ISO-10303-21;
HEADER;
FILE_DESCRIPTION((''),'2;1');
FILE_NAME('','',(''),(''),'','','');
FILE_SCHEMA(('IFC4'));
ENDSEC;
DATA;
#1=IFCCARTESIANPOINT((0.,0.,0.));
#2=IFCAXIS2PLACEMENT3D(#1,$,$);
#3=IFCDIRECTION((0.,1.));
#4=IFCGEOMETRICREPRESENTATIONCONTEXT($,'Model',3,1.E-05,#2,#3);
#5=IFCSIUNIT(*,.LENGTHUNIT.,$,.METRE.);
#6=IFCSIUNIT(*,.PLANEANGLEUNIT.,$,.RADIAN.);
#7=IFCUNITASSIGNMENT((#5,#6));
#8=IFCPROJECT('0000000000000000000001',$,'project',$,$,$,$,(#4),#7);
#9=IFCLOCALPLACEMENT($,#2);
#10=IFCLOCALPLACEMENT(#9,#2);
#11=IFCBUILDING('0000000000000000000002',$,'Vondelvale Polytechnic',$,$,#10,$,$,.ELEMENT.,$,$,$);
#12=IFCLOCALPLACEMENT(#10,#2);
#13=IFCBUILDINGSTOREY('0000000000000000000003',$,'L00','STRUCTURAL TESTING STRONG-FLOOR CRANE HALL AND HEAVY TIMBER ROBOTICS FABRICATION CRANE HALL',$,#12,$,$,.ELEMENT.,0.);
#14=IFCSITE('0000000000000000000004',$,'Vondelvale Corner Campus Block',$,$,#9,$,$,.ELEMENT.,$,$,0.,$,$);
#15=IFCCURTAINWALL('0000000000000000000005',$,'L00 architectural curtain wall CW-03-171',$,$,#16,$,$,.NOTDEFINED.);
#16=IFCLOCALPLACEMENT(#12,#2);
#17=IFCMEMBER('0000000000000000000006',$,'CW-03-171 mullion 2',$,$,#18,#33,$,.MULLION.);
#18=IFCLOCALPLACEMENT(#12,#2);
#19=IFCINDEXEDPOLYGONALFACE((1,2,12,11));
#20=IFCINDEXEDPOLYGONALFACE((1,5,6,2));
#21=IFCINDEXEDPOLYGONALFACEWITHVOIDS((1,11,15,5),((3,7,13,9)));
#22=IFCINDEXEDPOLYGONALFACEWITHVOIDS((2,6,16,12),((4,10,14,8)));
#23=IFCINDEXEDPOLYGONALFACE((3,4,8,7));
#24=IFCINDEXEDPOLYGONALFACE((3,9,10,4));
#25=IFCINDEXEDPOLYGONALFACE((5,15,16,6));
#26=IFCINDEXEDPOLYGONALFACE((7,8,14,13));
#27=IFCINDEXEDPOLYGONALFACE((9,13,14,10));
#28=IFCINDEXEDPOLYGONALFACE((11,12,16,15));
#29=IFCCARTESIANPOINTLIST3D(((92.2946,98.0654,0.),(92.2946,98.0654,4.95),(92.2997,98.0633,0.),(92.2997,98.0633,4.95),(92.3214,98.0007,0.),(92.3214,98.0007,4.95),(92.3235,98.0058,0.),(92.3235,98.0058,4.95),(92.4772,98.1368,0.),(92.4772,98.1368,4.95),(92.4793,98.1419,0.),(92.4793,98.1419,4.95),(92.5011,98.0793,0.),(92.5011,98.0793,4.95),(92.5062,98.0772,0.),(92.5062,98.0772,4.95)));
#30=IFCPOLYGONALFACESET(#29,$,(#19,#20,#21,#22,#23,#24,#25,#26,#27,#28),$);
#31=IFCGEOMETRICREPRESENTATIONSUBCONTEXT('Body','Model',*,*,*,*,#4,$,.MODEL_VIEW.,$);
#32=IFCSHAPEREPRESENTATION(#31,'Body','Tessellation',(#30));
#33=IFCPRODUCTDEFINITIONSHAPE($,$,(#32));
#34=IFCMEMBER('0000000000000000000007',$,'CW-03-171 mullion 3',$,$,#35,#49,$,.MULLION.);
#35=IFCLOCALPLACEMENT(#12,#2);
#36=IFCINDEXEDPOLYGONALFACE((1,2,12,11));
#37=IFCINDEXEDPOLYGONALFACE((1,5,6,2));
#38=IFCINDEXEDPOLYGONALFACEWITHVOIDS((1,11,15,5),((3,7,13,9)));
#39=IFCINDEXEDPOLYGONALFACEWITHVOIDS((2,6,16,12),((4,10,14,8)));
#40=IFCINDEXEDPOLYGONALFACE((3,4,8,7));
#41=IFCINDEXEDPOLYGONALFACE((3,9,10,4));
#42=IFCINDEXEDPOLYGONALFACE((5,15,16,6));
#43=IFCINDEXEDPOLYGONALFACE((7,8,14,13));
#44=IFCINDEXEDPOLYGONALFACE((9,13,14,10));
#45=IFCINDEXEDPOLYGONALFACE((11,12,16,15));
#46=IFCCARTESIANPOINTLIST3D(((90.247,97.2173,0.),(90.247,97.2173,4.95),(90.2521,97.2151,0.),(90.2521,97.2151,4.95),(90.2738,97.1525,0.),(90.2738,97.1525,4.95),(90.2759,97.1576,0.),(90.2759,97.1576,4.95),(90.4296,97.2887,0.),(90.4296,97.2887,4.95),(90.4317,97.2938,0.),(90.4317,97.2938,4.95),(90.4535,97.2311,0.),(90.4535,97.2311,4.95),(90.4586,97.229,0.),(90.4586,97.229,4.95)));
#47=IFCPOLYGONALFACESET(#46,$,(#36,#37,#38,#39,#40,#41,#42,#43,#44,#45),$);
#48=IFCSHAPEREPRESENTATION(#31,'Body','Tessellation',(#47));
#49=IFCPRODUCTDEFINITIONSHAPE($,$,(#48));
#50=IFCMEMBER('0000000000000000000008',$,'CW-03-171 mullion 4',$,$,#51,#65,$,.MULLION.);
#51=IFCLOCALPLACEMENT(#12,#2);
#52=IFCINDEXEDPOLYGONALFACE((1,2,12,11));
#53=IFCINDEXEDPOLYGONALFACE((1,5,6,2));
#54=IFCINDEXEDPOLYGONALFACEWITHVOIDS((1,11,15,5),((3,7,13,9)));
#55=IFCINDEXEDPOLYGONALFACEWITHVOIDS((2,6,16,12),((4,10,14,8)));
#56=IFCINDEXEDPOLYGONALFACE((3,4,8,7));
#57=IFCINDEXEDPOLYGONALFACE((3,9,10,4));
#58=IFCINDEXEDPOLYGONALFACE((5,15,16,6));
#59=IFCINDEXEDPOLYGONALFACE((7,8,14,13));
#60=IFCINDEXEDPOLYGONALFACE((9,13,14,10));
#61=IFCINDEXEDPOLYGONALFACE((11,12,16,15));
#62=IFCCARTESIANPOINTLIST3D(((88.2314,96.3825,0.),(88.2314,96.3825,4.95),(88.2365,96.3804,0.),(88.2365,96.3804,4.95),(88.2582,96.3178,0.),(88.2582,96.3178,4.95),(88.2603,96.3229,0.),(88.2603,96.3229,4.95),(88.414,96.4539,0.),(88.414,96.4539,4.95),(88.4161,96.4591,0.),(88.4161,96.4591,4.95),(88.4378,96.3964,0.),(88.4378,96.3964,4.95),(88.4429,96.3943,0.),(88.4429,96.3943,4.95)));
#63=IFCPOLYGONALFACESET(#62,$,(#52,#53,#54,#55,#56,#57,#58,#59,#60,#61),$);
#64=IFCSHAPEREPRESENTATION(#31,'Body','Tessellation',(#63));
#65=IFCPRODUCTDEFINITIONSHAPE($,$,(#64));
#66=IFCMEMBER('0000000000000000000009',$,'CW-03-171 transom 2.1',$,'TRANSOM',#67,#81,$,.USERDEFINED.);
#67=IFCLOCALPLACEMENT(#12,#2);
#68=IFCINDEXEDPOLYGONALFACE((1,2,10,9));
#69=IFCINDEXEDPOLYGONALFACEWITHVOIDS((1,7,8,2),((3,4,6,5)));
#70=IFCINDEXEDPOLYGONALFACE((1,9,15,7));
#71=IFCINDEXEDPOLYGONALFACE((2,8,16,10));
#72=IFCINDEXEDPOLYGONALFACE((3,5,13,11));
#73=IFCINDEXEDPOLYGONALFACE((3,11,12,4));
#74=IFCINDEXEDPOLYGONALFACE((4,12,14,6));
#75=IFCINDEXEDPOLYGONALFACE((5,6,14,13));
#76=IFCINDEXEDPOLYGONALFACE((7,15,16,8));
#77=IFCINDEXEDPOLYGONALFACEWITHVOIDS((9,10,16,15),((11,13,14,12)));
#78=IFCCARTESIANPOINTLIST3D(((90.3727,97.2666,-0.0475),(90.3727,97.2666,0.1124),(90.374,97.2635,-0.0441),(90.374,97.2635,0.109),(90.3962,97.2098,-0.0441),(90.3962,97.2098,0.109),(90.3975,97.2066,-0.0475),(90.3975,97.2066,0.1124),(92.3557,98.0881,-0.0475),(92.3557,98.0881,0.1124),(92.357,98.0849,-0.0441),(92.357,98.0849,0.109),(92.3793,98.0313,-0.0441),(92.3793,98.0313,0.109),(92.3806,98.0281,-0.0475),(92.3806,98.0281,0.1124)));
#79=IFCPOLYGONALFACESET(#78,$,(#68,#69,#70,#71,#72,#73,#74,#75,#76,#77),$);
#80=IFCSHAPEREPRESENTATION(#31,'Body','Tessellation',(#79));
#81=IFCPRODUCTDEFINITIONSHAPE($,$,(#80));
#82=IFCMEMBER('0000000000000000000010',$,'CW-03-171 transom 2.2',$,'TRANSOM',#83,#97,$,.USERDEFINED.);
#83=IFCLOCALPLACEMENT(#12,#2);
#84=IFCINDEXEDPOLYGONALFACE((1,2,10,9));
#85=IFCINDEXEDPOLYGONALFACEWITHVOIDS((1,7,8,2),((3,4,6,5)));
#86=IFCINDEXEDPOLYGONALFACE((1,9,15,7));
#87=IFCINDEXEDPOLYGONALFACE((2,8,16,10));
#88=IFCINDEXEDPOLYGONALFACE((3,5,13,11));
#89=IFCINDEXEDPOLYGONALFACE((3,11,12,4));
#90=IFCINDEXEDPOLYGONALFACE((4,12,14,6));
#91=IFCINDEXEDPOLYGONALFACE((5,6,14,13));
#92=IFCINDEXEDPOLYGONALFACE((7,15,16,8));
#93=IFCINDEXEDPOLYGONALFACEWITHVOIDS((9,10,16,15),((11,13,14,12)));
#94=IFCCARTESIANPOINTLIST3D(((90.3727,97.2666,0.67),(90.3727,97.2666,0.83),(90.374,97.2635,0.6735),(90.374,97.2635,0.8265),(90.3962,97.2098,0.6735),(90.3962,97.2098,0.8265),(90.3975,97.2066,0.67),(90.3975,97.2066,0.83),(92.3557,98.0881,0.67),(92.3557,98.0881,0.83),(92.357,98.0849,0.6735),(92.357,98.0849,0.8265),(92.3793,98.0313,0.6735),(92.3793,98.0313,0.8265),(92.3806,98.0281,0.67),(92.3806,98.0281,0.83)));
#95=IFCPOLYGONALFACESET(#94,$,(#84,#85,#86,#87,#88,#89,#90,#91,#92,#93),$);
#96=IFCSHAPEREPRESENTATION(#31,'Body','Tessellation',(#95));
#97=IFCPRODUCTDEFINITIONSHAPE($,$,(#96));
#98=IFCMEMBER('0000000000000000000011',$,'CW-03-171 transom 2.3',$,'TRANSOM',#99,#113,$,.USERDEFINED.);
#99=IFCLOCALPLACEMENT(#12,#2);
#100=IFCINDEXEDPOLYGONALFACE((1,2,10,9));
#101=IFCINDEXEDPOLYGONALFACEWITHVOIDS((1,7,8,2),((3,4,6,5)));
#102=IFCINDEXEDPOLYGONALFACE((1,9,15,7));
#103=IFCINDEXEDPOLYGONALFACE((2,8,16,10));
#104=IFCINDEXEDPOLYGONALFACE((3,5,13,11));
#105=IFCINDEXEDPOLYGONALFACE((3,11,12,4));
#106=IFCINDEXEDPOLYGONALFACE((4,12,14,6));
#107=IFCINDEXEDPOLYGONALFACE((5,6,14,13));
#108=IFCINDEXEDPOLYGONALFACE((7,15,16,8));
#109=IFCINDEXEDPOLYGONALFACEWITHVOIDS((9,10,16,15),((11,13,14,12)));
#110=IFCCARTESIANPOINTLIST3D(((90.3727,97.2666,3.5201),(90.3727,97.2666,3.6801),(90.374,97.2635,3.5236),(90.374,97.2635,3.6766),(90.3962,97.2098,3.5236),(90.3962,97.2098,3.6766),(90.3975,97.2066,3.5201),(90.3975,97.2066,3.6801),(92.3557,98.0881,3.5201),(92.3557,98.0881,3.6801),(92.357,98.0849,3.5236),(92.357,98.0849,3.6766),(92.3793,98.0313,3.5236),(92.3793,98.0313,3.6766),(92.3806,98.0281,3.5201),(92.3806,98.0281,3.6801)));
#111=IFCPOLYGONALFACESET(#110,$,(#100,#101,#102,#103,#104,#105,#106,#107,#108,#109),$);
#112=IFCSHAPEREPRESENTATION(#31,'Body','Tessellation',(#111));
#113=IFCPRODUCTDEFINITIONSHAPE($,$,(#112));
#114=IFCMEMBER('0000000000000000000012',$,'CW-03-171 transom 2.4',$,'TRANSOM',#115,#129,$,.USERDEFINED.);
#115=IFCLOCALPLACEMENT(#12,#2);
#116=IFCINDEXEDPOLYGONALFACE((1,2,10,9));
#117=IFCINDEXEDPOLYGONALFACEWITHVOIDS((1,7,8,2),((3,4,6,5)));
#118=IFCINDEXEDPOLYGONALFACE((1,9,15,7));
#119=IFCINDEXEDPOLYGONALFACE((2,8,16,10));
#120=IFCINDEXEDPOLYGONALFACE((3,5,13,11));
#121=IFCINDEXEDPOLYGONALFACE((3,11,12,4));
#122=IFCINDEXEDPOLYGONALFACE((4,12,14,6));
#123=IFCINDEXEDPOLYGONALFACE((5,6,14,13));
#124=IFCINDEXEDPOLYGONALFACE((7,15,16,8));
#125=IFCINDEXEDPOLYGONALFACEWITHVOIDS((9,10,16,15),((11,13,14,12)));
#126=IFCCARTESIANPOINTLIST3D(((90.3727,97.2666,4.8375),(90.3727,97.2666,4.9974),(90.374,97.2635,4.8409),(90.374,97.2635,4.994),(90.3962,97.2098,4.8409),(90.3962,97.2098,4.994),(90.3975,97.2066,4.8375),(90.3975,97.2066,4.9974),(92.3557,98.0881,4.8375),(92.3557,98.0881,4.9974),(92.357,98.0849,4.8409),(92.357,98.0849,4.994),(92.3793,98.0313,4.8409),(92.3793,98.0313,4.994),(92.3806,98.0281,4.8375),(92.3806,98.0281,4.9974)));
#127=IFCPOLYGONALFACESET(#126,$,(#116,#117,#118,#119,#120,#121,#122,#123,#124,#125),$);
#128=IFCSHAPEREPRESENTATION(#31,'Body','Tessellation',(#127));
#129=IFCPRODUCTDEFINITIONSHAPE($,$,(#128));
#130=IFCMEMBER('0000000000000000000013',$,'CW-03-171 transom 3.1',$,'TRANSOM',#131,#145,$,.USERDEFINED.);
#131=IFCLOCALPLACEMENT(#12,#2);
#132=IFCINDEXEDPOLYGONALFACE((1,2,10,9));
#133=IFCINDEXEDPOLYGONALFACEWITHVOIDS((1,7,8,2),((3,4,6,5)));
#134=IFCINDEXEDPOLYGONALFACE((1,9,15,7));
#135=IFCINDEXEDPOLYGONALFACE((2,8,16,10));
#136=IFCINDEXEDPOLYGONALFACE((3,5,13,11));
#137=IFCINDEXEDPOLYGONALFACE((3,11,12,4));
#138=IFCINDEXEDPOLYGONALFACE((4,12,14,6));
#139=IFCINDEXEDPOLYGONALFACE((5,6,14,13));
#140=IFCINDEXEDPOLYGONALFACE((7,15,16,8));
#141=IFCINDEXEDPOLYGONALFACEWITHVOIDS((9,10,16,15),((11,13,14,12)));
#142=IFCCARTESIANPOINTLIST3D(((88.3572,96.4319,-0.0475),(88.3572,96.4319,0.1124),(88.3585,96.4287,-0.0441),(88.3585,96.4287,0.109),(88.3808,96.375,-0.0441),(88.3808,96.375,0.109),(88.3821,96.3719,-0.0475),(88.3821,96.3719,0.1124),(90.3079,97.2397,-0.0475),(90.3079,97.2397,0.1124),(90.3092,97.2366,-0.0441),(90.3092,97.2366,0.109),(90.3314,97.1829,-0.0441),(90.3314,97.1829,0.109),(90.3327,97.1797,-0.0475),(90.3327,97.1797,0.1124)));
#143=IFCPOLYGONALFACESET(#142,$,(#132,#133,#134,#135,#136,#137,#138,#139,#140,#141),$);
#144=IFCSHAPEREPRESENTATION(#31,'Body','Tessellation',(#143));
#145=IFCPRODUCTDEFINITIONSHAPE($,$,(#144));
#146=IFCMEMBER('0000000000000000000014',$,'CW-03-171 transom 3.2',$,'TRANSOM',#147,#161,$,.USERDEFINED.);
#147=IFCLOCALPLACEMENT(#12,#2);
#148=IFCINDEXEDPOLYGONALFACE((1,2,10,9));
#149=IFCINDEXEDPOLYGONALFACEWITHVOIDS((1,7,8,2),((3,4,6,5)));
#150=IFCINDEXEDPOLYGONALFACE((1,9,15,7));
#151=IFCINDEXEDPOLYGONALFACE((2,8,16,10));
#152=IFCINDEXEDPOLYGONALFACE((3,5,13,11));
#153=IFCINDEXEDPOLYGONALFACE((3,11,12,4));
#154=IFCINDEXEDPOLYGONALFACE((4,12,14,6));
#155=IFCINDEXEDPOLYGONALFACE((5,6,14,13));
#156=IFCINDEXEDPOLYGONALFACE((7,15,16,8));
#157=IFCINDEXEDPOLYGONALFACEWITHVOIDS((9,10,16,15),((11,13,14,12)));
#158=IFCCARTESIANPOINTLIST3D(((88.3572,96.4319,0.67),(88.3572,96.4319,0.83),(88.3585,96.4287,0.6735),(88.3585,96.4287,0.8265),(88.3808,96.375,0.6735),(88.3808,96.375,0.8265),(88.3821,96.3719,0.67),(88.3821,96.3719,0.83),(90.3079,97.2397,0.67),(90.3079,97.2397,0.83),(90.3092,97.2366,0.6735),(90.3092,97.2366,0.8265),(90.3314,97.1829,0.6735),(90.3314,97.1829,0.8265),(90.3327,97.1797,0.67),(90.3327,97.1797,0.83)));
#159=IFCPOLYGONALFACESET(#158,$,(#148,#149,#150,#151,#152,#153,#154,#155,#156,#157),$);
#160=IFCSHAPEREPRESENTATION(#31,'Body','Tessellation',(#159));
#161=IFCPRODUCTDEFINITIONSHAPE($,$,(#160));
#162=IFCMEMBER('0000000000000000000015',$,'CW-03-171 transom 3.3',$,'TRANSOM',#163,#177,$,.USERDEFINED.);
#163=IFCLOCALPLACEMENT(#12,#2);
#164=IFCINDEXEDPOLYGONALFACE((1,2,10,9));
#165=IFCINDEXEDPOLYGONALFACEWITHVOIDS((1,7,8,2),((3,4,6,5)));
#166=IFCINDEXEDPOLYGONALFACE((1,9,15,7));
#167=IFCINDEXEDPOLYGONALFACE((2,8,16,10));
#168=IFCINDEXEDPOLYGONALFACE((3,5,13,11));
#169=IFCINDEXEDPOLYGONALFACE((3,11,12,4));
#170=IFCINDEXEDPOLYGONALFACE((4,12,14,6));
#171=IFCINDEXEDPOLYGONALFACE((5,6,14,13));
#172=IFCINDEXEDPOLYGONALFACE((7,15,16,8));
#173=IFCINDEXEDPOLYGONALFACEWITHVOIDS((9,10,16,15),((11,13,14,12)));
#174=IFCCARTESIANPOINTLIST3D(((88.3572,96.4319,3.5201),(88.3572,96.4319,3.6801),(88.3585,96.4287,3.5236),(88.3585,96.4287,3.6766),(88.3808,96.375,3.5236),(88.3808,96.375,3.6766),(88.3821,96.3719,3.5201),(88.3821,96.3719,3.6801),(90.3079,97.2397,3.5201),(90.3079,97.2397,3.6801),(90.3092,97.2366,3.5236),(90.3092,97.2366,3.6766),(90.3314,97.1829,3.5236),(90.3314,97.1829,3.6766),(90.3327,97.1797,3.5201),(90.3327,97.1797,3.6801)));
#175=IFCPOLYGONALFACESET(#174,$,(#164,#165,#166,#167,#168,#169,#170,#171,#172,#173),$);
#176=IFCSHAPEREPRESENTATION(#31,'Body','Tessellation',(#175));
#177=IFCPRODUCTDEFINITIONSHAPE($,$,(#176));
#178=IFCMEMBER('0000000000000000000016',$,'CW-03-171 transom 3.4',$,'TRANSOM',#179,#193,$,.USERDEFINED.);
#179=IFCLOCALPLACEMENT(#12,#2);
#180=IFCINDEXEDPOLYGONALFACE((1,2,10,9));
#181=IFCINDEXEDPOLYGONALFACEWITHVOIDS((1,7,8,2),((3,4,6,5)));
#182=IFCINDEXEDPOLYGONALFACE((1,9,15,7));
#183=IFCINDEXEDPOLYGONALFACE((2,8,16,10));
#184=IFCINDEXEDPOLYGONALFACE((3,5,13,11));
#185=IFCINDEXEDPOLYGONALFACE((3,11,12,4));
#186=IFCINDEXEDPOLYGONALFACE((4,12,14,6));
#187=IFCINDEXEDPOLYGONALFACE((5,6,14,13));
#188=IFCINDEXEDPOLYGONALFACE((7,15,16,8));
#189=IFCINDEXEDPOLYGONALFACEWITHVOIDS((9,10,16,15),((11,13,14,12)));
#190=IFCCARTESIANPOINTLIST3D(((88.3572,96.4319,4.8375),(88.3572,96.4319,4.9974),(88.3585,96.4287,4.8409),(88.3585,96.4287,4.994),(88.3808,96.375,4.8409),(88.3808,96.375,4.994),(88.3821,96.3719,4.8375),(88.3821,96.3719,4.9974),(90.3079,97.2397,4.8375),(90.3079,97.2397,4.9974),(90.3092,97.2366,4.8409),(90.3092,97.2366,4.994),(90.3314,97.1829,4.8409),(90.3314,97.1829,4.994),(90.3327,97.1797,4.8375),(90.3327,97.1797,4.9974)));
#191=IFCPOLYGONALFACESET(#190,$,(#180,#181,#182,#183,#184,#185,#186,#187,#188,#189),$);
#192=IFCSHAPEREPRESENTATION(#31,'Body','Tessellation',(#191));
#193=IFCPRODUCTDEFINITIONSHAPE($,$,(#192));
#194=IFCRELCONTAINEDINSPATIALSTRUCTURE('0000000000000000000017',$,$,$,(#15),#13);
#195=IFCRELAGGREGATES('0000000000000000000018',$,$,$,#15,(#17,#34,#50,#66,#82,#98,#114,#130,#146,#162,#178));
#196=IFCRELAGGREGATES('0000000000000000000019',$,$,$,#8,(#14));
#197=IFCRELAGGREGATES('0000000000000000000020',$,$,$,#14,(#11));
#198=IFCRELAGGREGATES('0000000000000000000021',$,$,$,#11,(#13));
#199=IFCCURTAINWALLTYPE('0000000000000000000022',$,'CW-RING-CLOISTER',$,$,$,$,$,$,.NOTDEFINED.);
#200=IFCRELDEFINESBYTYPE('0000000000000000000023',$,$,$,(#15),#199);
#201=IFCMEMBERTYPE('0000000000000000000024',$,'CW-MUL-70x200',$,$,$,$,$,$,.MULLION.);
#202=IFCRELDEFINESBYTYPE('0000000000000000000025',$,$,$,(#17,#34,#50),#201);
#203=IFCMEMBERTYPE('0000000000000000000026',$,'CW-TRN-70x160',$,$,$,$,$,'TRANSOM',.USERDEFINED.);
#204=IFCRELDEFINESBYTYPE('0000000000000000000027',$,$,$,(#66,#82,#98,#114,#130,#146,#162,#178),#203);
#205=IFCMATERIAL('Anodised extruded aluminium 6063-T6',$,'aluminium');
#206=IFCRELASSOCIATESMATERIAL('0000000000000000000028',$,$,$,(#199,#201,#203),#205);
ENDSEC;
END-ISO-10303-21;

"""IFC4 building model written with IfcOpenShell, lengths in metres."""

from ifc_helpers import new_model, si_unit, direction, frame, origin, origin_2d, place, context, subcontext, project, spatial, hollow_rectangle, extrude, material, material_profile, profile_set, type_object, element, aggregate, save


model = new_model("IFC4")

# Units and contexts
model_context = context("Model", 3, precision=1e-05, world=origin(), true_north=direction((0.0, 1.0)))
body_context = subcontext(model_context, "Body", "Model", "MODEL_VIEW")
ifc_project = project(units=[si_unit("LENGTHUNIT", "METRE"), si_unit("PLANEANGLEUNIT", "RADIAN")], contexts=[model_context])

# Site, building, storey
site_placement = place(None, origin())
site = spatial("IfcSite", under=ifc_project, at=site_placement, Name="Vondelvale Corner Campus Block", CompositionType="ELEMENT", RefElevation=0.0)
building_placement = place(site_placement, origin())
building = spatial("IfcBuilding", under=site, at=building_placement, Name="Vondelvale Polytechnic", CompositionType="ELEMENT")
storey_placement = place(building_placement, origin())
storey = spatial("IfcBuildingStorey", under=building, at=storey_placement, Name="L00", Description="STRUCTURAL TESTING STRONG-FLOOR CRANE HALL AND HEAVY TIMBER ROBOTICS FABRICATION CRANE HALL", CompositionType="ELEMENT", Elevation=0.0)

# Curtain wall, members
ifc_material_1 = material(Name="Anodised extruded aluminium 6063-T6", Category="aluminium")
curtain_wall_type = type_object("IfcCurtainWallType", Name="CW-RING-CLOISTER", PredefinedType="NOTDEFINED", material=ifc_material_1)
curtain_wall_placement = place(storey_placement, origin())
curtain_wall = element("IfcCurtainWall", 1, at=curtain_wall_placement, inside=storey, type_object=curtain_wall_type, Name="L00 architectural curtain wall CW-03-171", PredefinedType="NOTDEFINED")
ifc_material_profile_1 = material_profile(ifc_material_1, hollow_rectangle(XDim=0.0701, YDim=0.2, WallThickness=0.0039, at=origin_2d()), Name="CW-MUL-200x70")
ifc_profile_set_1 = profile_set([ifc_material_profile_1], Name="Anodised extruded aluminium 6063-T6")
member_type_1 = type_object("IfcMemberType", Name="CW-MUL-70x200", PredefinedType="MULLION", material=ifc_profile_set_1)
member_1_placement = place(storey_placement, frame((92.4004, 98.0713, 0.0), z_axis=(0.0, 0.0, 1.0), x_axis=(0.382679, -0.923882, 0.0)))
member_1 = element("IfcMember", 2, at=member_1_placement, type_object=member_type_1, Name="CW-03-171 mullion 2", PredefinedType="MULLION", context=body_context, shape_type="SweptSolid", body=[
    extrude(hollow_rectangle(XDim=0.0701, YDim=0.2, WallThickness=0.0039, at=origin_2d()), origin(), (0.0, 0.0, 1.0), 4.95),
])
member_2_placement = place(storey_placement, frame((90.3528, 97.2231, 0.0), z_axis=(0.0, 0.0, 1.0), x_axis=(0.382679, -0.923882, 0.0)))
member_2 = element("IfcMember", 3, at=member_2_placement, type_object=member_type_1, Name="CW-03-171 mullion 3", PredefinedType="MULLION", context=body_context, shape_type="SweptSolid", body=[
    extrude(hollow_rectangle(XDim=0.0701, YDim=0.2, WallThickness=0.0039, at=origin_2d()), origin(), (0.0, 0.0, 1.0), 4.95),
])
member_3_placement = place(storey_placement, frame((88.3372, 96.3884, 0.0), z_axis=(0.0, 0.0, 1.0), x_axis=(0.382679, -0.923882, 0.0)))
member_3 = element("IfcMember", 4, at=member_3_placement, type_object=member_type_1, Name="CW-03-171 mullion 4", PredefinedType="MULLION", context=body_context, shape_type="SweptSolid", body=[
    extrude(hollow_rectangle(XDim=0.0701, YDim=0.2, WallThickness=0.0039, at=origin_2d()), origin(), (0.0, 0.0, 1.0), 4.95),
])
ifc_material_profile_2 = material_profile(ifc_material_1, hollow_rectangle(XDim=0.0649, YDim=0.1599, WallThickness=0.0034, at=origin_2d()), Name="CW-TRN-160x65")
ifc_profile_set_2 = profile_set([ifc_material_profile_2], Name="Anodised extruded aluminium 6063-T6")
member_type_2 = type_object("IfcMemberType", Name="CW-TRN-70x160", ElementType="TRANSOM", PredefinedType="USERDEFINED", material=ifc_profile_set_2)
member_4_placement = place(storey_placement, frame((92.3682, 98.0581, 0.0325), z_axis=(-0.923866, -0.382717, 0.0), x_axis=(0.382717, -0.923866, 0.0)))
member_4 = element("IfcMember", 5, at=member_4_placement, type_object=member_type_2, Name="CW-03-171 transom 2.1", ObjectType="TRANSOM", PredefinedType="USERDEFINED", context=body_context, shape_type="SweptSolid", body=[
    extrude(hollow_rectangle(XDim=0.0649, YDim=0.1599, WallThickness=0.0034, at=origin_2d()), origin(), (0.0, 0.0, 1.0), 2.1465),
])
member_5_placement = place(storey_placement, frame((92.3682, 98.0581, 0.75), z_axis=(-0.923866, -0.382717, 0.0), x_axis=(0.382717, -0.923866, 0.0)))
member_5 = element("IfcMember", 6, at=member_5_placement, type_object=member_type_2, Name="CW-03-171 transom 2.2", ObjectType="TRANSOM", PredefinedType="USERDEFINED", context=body_context, shape_type="SweptSolid", body=[
    extrude(hollow_rectangle(XDim=0.0649, YDim=0.1599, WallThickness=0.0034, at=origin_2d()), origin(), (0.0, 0.0, 1.0), 2.1465),
])
member_6_placement = place(storey_placement, frame((92.3682, 98.0581, 3.6001), z_axis=(-0.923866, -0.382717, 0.0), x_axis=(0.382717, -0.923866, 0.0)))
member_6 = element("IfcMember", 7, at=member_6_placement, type_object=member_type_2, Name="CW-03-171 transom 2.3", ObjectType="TRANSOM", PredefinedType="USERDEFINED", context=body_context, shape_type="SweptSolid", body=[
    extrude(hollow_rectangle(XDim=0.0649, YDim=0.1599, WallThickness=0.0034, at=origin_2d()), origin(), (0.0, 0.0, 1.0), 2.1465),
])
member_7_placement = place(storey_placement, frame((92.3682, 98.0581, 4.9175), z_axis=(-0.923866, -0.382717, 0.0), x_axis=(0.382717, -0.923866, 0.0)))
member_7 = element("IfcMember", 8, at=member_7_placement, type_object=member_type_2, Name="CW-03-171 transom 2.4", ObjectType="TRANSOM", PredefinedType="USERDEFINED", context=body_context, shape_type="SweptSolid", body=[
    extrude(hollow_rectangle(XDim=0.0649, YDim=0.1599, WallThickness=0.0034, at=origin_2d()), origin(), (0.0, 0.0, 1.0), 2.1465),
])
member_8_placement = place(storey_placement, frame((90.3203, 97.2097, 0.0325), z_axis=(-0.923903, -0.382628, 0.0), x_axis=(0.382628, -0.923903, 0.0)))
member_8 = element("IfcMember", 9, at=member_8_placement, type_object=member_type_2, Name="CW-03-171 transom 3.1", ObjectType="TRANSOM", PredefinedType="USERDEFINED", context=body_context, shape_type="SweptSolid", body=[
    extrude(hollow_rectangle(XDim=0.0649, YDim=0.1599, WallThickness=0.0034, at=origin_2d()), origin(), (0.0, 0.0, 1.0), 2.1113),
])
member_9_placement = place(storey_placement, frame((90.3203, 97.2097, 0.75), z_axis=(-0.923903, -0.382628, 0.0), x_axis=(0.382628, -0.923903, 0.0)))
member_9 = element("IfcMember", 10, at=member_9_placement, type_object=member_type_2, Name="CW-03-171 transom 3.2", ObjectType="TRANSOM", PredefinedType="USERDEFINED", context=body_context, shape_type="SweptSolid", body=[
    extrude(hollow_rectangle(XDim=0.0649, YDim=0.1599, WallThickness=0.0034, at=origin_2d()), origin(), (0.0, 0.0, 1.0), 2.1113),
])
member_10_placement = place(storey_placement, frame((90.3203, 97.2097, 3.6001), z_axis=(-0.923903, -0.382628, 0.0), x_axis=(0.382628, -0.923903, 0.0)))
member_10 = element("IfcMember", 11, at=member_10_placement, type_object=member_type_2, Name="CW-03-171 transom 3.3", ObjectType="TRANSOM", PredefinedType="USERDEFINED", context=body_context, shape_type="SweptSolid", body=[
    extrude(hollow_rectangle(XDim=0.0649, YDim=0.1599, WallThickness=0.0034, at=origin_2d()), origin(), (0.0, 0.0, 1.0), 2.1113),
])
member_11_placement = place(storey_placement, frame((90.3203, 97.2097, 4.9175), z_axis=(-0.923903, -0.382628, 0.0), x_axis=(0.382628, -0.923903, 0.0)))
member_11 = element("IfcMember", 12, at=member_11_placement, type_object=member_type_2, Name="CW-03-171 transom 3.4", ObjectType="TRANSOM", PredefinedType="USERDEFINED", context=body_context, shape_type="SweptSolid", body=[
    extrude(hollow_rectangle(XDim=0.0649, YDim=0.1599, WallThickness=0.0034, at=origin_2d()), origin(), (0.0, 0.0, 1.0), 2.1113),
])
aggregate(curtain_wall, [member_1, member_2, member_3, member_4, member_5, member_6, member_7, member_8, member_9, member_10, member_11])

save(model, "model.ifc")
